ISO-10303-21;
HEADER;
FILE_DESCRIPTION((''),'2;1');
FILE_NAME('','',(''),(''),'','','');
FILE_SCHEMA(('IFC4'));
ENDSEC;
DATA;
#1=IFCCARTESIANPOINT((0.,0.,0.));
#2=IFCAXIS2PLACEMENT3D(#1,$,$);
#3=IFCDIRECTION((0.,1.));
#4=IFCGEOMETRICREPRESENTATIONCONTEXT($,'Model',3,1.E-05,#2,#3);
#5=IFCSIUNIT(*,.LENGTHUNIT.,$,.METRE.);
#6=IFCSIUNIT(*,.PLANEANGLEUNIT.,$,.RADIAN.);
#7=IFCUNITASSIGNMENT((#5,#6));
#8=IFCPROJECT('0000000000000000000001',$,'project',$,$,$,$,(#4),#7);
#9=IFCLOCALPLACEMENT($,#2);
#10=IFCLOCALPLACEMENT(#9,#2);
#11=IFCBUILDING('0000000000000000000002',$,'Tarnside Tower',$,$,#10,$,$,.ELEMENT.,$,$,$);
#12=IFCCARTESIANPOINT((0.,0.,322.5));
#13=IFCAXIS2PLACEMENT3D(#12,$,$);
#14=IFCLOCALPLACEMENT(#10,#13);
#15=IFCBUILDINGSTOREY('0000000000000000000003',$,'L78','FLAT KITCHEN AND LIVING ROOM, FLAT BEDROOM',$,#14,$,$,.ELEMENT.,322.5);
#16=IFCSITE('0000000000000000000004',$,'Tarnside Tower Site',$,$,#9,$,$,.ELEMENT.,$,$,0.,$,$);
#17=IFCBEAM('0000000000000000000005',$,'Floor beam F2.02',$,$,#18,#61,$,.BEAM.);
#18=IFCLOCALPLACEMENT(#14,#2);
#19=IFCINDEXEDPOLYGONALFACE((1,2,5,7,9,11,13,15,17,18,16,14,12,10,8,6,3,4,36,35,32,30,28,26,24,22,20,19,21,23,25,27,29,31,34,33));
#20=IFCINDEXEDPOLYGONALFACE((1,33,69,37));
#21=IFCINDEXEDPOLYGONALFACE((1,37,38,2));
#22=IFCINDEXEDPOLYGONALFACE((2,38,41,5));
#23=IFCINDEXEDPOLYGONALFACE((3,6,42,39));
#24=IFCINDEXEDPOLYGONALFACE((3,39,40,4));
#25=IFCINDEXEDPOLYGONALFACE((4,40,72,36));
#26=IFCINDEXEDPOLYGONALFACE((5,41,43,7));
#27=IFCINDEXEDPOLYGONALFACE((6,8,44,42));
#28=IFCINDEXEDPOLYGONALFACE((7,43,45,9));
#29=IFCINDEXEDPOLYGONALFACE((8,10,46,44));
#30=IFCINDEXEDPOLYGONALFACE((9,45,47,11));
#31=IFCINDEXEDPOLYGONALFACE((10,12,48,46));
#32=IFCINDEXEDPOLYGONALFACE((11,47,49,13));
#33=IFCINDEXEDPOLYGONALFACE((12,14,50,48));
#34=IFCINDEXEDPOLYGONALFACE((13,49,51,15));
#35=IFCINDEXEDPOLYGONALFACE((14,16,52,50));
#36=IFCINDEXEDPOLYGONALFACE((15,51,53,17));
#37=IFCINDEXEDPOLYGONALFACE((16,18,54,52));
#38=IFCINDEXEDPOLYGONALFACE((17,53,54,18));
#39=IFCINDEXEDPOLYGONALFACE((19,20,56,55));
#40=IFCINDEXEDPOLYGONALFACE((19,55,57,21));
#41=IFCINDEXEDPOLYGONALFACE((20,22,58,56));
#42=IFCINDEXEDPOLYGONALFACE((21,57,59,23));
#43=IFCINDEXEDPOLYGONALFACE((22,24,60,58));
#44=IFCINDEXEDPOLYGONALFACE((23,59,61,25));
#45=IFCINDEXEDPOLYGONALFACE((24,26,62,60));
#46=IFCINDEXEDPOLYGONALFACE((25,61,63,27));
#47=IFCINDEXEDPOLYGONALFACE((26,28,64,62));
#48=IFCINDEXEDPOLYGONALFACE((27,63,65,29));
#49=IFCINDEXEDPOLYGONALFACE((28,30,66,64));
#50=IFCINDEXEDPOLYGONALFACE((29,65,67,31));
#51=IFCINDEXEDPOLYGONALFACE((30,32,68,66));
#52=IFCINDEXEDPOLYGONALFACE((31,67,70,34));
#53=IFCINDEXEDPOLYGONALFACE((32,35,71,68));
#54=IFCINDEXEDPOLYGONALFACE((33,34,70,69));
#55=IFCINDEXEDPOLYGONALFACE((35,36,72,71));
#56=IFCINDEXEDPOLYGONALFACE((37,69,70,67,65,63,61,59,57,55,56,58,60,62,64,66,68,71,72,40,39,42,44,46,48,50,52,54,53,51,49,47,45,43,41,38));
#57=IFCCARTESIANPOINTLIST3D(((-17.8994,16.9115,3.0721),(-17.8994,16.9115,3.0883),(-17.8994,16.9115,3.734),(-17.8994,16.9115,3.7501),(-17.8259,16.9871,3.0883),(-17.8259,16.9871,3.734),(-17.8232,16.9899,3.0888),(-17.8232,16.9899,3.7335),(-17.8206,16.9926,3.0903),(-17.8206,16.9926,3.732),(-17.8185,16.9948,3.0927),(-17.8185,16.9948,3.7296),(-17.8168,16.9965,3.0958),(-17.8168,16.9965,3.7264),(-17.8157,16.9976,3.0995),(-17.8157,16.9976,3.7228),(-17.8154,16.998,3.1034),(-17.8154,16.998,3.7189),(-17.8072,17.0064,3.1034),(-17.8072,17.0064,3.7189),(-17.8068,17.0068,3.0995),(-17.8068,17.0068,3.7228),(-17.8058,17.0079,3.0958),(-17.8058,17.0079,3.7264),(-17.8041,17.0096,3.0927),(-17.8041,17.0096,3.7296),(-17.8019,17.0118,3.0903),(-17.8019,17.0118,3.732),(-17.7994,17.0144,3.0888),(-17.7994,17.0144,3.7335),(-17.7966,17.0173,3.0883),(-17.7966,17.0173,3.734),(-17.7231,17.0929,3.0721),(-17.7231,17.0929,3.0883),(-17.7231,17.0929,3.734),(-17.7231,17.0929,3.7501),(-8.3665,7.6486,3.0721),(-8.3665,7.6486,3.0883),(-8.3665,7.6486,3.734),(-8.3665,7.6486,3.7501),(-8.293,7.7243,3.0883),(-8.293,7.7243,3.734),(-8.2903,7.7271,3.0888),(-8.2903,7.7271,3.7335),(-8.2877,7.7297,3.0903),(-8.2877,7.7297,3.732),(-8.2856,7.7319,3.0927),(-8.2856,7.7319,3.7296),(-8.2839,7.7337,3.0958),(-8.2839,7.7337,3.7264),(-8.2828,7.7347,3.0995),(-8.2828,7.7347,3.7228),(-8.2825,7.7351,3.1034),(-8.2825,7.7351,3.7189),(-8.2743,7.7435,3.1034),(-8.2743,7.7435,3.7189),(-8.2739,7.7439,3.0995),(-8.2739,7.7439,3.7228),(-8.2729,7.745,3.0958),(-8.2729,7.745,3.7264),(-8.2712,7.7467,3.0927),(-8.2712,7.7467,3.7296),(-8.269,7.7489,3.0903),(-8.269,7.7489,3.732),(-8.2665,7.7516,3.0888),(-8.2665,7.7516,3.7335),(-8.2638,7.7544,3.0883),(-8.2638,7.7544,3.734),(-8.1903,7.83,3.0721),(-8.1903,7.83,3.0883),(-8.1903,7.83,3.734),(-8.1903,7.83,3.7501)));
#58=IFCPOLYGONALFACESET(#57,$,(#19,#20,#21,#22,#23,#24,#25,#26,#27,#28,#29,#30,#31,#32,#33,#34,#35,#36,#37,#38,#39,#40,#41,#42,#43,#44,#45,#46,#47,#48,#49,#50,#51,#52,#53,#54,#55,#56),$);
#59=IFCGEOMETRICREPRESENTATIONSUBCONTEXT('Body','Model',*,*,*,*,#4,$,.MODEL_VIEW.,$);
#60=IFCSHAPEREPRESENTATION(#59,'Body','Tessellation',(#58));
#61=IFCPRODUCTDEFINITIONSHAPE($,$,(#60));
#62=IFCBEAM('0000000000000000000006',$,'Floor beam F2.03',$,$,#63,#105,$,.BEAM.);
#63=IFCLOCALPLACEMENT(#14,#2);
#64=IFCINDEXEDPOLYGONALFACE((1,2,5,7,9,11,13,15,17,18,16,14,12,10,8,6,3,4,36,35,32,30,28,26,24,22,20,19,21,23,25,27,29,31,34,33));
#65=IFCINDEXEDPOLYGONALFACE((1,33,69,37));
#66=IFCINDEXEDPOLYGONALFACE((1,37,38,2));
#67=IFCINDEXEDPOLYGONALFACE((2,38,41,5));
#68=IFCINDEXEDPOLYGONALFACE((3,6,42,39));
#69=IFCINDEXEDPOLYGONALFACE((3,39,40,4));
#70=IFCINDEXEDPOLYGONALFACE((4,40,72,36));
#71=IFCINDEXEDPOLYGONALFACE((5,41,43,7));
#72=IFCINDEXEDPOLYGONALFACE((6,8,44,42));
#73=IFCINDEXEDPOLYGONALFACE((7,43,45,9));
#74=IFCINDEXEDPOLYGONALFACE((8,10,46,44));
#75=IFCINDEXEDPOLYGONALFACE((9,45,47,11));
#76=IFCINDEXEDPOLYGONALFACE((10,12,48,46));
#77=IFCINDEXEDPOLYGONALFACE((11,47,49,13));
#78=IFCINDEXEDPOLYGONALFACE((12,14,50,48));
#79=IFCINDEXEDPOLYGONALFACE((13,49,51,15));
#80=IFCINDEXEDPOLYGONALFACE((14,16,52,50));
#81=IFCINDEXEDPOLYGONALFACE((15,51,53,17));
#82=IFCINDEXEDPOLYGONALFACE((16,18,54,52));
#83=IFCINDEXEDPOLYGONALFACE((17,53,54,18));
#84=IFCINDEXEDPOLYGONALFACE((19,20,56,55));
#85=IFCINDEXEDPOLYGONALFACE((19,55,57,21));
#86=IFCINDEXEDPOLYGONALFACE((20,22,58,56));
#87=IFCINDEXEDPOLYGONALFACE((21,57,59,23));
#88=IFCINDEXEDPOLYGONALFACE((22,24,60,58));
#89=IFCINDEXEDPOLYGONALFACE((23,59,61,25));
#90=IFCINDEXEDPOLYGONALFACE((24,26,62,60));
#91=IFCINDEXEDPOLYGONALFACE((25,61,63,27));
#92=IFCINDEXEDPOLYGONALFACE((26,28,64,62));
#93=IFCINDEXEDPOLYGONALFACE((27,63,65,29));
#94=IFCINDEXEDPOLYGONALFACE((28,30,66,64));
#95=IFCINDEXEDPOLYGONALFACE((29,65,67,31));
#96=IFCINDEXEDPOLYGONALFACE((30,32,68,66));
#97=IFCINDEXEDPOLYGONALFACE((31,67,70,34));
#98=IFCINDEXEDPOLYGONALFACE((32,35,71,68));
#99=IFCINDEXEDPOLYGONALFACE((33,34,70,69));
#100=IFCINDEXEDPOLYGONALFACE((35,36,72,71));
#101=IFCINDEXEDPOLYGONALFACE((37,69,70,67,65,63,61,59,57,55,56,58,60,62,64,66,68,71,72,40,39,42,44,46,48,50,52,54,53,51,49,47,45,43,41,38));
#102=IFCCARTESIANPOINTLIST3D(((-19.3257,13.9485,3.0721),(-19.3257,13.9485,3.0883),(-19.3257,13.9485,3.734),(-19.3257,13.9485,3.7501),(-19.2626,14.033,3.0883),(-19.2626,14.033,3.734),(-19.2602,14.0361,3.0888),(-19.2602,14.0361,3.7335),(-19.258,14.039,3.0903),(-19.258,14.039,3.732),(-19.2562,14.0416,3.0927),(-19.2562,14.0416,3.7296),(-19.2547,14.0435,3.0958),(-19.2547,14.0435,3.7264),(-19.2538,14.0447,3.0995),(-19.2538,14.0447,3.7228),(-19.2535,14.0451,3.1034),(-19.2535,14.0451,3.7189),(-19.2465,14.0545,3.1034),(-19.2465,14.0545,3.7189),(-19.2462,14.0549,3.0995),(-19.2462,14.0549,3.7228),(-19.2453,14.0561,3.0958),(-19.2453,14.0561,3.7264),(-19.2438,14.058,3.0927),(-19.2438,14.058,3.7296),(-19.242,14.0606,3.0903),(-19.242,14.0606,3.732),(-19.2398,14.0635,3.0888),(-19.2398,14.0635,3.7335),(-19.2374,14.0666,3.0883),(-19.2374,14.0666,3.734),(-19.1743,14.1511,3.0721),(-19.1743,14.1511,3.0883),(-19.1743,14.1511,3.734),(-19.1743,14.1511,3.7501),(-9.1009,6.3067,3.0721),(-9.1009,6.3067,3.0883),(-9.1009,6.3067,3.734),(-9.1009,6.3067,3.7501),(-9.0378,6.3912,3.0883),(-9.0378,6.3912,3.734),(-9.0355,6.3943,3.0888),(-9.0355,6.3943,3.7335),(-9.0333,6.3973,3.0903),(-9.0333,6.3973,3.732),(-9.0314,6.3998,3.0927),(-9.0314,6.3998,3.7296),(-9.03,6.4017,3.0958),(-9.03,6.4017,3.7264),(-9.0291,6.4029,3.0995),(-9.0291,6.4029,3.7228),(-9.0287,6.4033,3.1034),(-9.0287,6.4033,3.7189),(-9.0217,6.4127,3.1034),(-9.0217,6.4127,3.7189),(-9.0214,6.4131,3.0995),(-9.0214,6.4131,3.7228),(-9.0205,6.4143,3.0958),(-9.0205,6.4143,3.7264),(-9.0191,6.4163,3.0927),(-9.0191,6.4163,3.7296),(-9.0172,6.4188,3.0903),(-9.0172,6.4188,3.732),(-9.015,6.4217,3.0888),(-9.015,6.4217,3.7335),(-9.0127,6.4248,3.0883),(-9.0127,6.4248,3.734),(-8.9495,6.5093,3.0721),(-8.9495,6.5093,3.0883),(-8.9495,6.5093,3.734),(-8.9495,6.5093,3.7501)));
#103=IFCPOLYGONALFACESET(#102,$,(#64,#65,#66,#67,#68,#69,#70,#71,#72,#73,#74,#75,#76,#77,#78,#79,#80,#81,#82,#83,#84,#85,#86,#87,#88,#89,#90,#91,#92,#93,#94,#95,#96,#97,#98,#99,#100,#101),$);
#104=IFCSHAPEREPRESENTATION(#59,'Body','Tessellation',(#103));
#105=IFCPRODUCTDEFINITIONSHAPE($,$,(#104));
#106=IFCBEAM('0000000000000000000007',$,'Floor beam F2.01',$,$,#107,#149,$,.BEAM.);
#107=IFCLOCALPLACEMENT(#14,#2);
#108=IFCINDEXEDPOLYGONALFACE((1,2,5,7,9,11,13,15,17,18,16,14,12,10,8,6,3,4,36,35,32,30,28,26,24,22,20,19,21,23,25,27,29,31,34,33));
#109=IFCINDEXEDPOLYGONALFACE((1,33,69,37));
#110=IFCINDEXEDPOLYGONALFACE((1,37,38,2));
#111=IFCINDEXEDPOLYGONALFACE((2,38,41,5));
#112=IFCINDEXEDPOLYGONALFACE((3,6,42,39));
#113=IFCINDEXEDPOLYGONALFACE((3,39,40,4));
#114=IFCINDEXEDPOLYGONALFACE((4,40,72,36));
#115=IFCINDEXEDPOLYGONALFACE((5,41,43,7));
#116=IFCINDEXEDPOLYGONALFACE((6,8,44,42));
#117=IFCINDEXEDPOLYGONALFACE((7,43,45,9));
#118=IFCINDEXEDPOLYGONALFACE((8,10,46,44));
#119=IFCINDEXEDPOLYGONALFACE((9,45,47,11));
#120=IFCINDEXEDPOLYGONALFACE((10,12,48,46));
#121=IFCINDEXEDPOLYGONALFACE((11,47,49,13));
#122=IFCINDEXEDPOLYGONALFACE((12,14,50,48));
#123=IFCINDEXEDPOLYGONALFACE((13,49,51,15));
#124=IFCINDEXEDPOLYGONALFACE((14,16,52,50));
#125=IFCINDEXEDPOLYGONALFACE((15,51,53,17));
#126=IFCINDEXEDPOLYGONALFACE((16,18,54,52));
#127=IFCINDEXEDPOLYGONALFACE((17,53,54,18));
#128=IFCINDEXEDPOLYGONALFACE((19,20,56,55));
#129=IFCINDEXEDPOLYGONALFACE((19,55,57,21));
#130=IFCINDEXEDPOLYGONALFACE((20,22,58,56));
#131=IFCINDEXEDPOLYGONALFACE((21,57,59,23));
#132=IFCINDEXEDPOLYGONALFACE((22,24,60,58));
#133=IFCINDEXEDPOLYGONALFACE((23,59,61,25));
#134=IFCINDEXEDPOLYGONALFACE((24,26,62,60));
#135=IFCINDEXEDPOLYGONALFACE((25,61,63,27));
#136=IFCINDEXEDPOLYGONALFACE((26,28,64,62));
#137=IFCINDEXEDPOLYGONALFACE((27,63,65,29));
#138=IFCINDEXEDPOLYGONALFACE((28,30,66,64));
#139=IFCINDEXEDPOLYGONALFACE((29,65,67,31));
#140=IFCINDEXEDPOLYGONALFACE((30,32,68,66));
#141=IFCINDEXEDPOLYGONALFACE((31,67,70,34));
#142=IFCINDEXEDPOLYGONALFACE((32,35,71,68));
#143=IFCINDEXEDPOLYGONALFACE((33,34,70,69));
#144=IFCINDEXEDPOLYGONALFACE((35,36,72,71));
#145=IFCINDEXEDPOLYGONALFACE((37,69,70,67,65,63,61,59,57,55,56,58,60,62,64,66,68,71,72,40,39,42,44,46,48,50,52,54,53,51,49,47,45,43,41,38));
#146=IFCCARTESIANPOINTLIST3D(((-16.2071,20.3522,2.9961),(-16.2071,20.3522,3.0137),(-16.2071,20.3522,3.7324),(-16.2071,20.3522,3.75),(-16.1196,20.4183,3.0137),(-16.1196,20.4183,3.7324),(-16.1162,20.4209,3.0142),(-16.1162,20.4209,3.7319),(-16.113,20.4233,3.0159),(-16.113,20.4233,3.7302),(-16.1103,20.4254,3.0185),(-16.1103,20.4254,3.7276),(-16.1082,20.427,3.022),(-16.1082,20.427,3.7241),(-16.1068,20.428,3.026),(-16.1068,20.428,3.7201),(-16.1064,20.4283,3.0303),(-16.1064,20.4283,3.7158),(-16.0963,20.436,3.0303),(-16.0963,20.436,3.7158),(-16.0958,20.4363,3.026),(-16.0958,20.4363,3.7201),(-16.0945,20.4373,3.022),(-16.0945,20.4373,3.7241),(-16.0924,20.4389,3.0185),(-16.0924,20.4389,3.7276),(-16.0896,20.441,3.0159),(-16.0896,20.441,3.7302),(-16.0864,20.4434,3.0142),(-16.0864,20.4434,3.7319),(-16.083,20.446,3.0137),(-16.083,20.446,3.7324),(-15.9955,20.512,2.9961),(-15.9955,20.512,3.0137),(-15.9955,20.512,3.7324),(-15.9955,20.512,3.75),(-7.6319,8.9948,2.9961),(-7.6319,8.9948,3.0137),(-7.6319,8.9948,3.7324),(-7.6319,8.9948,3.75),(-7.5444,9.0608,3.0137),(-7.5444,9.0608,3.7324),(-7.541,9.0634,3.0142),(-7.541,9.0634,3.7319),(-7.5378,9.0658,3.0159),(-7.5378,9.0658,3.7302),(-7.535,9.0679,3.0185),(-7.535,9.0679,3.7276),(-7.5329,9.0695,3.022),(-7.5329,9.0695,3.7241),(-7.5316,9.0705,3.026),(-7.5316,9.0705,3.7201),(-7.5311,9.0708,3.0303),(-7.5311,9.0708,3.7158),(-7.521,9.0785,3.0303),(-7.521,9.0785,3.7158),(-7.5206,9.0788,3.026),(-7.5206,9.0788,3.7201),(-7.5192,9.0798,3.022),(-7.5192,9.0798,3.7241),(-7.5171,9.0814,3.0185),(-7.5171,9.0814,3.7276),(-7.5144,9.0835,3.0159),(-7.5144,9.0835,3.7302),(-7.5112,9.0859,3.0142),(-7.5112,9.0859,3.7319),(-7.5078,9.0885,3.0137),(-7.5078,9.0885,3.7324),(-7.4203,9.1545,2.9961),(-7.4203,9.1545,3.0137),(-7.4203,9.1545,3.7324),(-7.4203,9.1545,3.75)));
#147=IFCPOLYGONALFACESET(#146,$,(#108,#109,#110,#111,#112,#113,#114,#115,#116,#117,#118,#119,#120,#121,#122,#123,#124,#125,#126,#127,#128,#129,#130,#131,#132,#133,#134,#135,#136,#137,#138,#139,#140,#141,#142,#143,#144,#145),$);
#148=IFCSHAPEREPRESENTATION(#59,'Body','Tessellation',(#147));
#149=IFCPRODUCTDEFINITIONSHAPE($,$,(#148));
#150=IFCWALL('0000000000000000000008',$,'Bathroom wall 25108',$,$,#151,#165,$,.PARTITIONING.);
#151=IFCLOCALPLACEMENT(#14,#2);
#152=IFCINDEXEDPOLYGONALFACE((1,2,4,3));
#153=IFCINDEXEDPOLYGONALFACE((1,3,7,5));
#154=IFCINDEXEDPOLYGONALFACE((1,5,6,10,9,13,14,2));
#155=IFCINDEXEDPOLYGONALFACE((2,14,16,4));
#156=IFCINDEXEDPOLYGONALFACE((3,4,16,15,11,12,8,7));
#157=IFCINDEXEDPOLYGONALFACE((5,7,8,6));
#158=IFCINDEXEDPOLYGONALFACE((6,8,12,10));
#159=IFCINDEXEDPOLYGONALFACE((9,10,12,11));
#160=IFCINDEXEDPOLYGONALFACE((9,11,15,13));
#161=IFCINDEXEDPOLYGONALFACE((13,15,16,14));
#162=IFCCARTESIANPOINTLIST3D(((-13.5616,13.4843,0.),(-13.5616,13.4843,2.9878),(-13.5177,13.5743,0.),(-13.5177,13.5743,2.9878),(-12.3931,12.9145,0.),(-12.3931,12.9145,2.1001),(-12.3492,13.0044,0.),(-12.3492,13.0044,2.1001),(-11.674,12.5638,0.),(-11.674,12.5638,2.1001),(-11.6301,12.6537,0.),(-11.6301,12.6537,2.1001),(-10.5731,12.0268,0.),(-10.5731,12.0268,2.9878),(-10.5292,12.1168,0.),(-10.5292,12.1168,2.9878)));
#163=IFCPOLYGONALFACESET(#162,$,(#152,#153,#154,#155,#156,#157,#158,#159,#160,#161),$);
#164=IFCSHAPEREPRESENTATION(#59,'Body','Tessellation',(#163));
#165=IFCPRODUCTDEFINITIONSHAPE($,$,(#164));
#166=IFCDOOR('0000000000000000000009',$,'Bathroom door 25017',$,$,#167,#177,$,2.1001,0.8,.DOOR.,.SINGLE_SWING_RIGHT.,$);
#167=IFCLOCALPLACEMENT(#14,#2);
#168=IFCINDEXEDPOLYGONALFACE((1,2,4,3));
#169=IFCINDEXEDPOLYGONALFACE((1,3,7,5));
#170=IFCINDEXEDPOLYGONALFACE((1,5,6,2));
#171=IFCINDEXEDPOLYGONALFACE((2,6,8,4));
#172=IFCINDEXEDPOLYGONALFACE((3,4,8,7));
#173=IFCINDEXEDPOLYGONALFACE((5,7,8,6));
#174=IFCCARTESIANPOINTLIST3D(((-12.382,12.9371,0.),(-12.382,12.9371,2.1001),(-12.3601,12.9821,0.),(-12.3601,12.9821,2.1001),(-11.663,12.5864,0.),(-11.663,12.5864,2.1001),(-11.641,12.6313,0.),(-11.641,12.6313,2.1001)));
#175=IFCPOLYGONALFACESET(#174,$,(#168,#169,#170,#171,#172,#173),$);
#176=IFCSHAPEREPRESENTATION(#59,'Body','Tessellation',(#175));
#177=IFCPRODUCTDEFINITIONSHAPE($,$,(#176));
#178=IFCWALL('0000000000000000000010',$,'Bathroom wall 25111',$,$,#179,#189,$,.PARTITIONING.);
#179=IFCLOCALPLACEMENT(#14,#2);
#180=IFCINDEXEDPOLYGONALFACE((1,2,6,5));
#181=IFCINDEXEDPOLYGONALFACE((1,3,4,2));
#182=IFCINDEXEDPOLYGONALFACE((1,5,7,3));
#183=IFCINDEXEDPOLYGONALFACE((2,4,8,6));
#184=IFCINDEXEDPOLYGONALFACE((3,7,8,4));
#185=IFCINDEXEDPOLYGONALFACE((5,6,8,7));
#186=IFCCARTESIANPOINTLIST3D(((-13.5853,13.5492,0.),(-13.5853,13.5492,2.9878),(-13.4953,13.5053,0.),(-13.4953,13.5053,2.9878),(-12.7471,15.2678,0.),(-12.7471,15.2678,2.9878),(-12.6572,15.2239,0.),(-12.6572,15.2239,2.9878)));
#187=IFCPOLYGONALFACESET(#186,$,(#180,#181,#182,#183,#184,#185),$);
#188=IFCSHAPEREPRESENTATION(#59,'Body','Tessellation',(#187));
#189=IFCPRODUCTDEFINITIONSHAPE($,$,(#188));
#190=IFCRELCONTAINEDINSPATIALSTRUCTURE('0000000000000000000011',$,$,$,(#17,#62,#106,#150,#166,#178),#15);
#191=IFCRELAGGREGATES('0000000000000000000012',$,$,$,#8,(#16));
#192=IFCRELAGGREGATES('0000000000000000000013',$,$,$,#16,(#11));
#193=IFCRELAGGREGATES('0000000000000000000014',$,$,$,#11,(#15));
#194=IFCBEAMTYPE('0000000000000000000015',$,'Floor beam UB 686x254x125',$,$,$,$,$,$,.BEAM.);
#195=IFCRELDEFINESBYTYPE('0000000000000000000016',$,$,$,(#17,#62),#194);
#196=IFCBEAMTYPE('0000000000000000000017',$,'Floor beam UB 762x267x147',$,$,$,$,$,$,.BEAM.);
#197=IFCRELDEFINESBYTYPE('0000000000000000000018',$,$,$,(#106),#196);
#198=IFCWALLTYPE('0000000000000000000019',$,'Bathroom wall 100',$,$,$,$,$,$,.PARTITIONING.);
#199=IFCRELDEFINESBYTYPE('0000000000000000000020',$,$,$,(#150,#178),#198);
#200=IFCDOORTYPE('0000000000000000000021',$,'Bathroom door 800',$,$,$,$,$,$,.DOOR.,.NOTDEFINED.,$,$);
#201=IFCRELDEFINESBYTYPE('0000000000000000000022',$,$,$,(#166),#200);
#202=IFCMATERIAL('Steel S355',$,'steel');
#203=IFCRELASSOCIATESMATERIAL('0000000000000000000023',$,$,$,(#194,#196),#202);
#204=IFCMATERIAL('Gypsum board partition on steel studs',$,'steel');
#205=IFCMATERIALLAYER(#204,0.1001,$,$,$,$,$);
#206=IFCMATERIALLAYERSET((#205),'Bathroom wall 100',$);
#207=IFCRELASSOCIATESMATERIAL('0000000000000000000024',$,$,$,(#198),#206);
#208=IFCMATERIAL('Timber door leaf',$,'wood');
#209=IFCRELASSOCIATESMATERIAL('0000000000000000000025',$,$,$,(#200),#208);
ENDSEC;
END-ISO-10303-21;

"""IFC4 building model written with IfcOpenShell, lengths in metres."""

from ifc_helpers import new_model, si_unit, direction, frame, frame_2d, origin, origin_2d, place, context, subcontext, project, spatial, rectangle, i_section, extrude, material, layer, layer_set, material_profile, profile_set, type_object, element, fill, save


model = new_model("IFC4")

# Units and contexts
model_context = context("Model", 3, precision=1e-05, world=origin(), true_north=direction((0.0, 1.0)))
body_context = subcontext(model_context, "Body", "Model", "MODEL_VIEW")
ifc_project = project(units=[si_unit("LENGTHUNIT", "METRE"), si_unit("PLANEANGLEUNIT", "RADIAN")], contexts=[model_context])

# Site, building, storey
site_placement = place(None, origin())
site = spatial("IfcSite", under=ifc_project, at=site_placement, Name="Tarnside Tower Site", CompositionType="ELEMENT", RefElevation=0.0)
building_placement = place(site_placement, origin())
building = spatial("IfcBuilding", under=site, at=building_placement, Name="Tarnside Tower", CompositionType="ELEMENT")
storey_placement = place(building_placement, frame((0.0, 0.0, 322.5)))
storey = spatial("IfcBuildingStorey", under=building, at=storey_placement, Name="L78", Description="FLAT KITCHEN AND LIVING ROOM, FLAT BEDROOM", CompositionType="ELEMENT", Elevation=322.5)

# Beams
ifc_material_1 = material(Name="Steel S355", Category="steel")
ifc_material_profile_1 = material_profile(ifc_material_1, i_section(OverallWidth=0.2529, OverallDepth=0.678, WebThickness=0.0117, FlangeThickness=0.0161, FilletRadius=0.0151, at=origin_2d()), Name="UB 686x254x125")
ifc_profile_set_1 = profile_set([ifc_material_profile_1], Name="Steel S355")
beam_type_1 = type_object("IfcBeamType", Name="Floor beam UB 686x254x125", PredefinedType="BEAM", material=ifc_profile_set_1)
beam_1_placement = place(storey_placement, frame((-17.8113, 17.0022, 3.4111), z_axis=(0.717191, -0.696877, 0.0), x_axis=(0.696877, 0.717191, 0.0)))
element("IfcBeam", 1, at=beam_1_placement, inside=storey, type_object=beam_type_1, Name="Floor beam F2.02", PredefinedType="BEAM", context=body_context, shape_type="SweptSolid", body=[
    extrude(i_section(OverallWidth=0.2529, OverallDepth=0.678, WebThickness=0.0117, FlangeThickness=0.0161, FilletRadius=0.0151, at=origin_2d()), origin(), (0.0, 0.0, 1.0), 13.292),
])
beam_2_placement = place(storey_placement, frame((-19.25, 14.0498, 3.4111), z_axis=(0.801006, -0.598656, 0.0), x_axis=(0.598656, 0.801006, 0.0)))
element("IfcBeam", 2, at=beam_2_placement, inside=storey, type_object=beam_type_1, Name="Floor beam F2.03", PredefinedType="BEAM", context=body_context, shape_type="SweptSolid", body=[
    extrude(i_section(OverallWidth=0.2529, OverallDepth=0.678, WebThickness=0.0117, FlangeThickness=0.0161, FilletRadius=0.0151, at=origin_2d()), origin(), (0.0, 0.0, 1.0), 12.7649),
])
ifc_material_profile_2 = material_profile(ifc_material_1, i_section(OverallWidth=0.2651, OverallDepth=0.7539, WebThickness=0.0127, FlangeThickness=0.0176, FilletRadius=0.0166, at=origin_2d()), Name="UB 762x267x147")
ifc_profile_set_2 = profile_set([ifc_material_profile_2], Name="Steel S355")
beam_type_2 = type_object("IfcBeamType", Name="Floor beam UB 762x267x147", PredefinedType="BEAM", material=ifc_profile_set_2)
beam_3_placement = place(storey_placement, frame((-16.1013, 20.4321, 3.373), z_axis=(0.602566, -0.798069, 0.0), x_axis=(0.798069, 0.602566, 0.0)))
element("IfcBeam", 3, at=beam_3_placement, inside=storey, type_object=beam_type_2, Name="Floor beam F2.01", PredefinedType="BEAM", context=body_context, shape_type="SweptSolid", body=[
    extrude(i_section(OverallWidth=0.2651, OverallDepth=0.7539, WebThickness=0.0127, FlangeThickness=0.0176, FilletRadius=0.0166, at=origin_2d()), origin(), (0.0, 0.0, 1.0), 14.2312),
])

# Wall, opening, door
ifc_material_2 = material(Name="Gypsum board partition on steel studs", Category="steel")
ifc_layer_1 = layer(ifc_material_2, 0.1001)
ifc_layer_set_1 = layer_set([ifc_layer_1], Name="Bathroom wall 100")
wall_type_1 = type_object("IfcWallType", Name="Bathroom wall 100", PredefinedType="PARTITIONING", material=ifc_layer_set_1)
wall_1_placement = place(storey_placement, frame((-10.551, 12.0718, 0.0), z_axis=(0.0, 0.0, 1.0), x_axis=(-0.898804, 0.438351, 0.0)))
wall_1 = element("IfcWall", 4, at=wall_1_placement, inside=storey, type_object=wall_type_1, Name="Bathroom wall 25108", PredefinedType="PARTITIONING", context=body_context, shape_type="SweptSolid", body=[
    extrude(rectangle(XDim=3.325, YDim=0.1001, at=frame_2d((1.6626, 0.0))), origin(), (0.0, 0.0, 1.0), 2.9878),
])
opening_1_placement = place(wall_1_placement, frame((1.2251, 0.0, 0.0)))
opening_1 = element("IfcOpeningElement", 5, at=opening_1_placement, cuts=wall_1, PredefinedType="OPENING", context=body_context, shape_type="SweptSolid", body=[
    extrude(rectangle(XDim=0.8, YDim=2.1001, at=frame_2d((0.3999, 1.05))), frame((0.0, 0.0601, 0.0), z_axis=(0.0, -1.0, 0.0), x_axis=(1.0, 0.0, 0.0)), (0.0, 0.0, 1.0), 0.1201),
])
ifc_material_3 = material(Name="Timber door leaf", Category="wood")
door_type_1 = type_object("IfcDoorType", Name="Bathroom door 800", OperationType="NOTDEFINED", PredefinedType="DOOR", material=ifc_material_3)
door_1_placement = place(opening_1_placement, origin())
door_1 = element("IfcDoor", 6, at=door_1_placement, inside=storey, type_object=door_type_1, Name="Bathroom door 25017", OperationType="SINGLE_SWING_RIGHT", OverallHeight=2.1001, OverallWidth=0.8, PredefinedType="DOOR", context=body_context, shape_type="SweptSolid", body=[
    extrude(rectangle(XDim=0.8, YDim=2.1001, at=frame_2d((0.3999, 1.05))), frame((0.0, 0.0249, 0.0), z_axis=(0.0, -1.0, 0.0), x_axis=(1.0, 0.0, 0.0)), (0.0, 0.0, 1.0), 0.05),
])
fill(opening_1, door_1)

# Wall
wall_2_placement = place(storey_placement, frame((-12.7021, 15.2458, 0.0), z_axis=(0.0, 0.0, 1.0), x_axis=(-0.438356, -0.898802, 0.0)))
element("IfcWall", 7, at=wall_2_placement, inside=storey, type_object=wall_type_1, Name="Bathroom wall 25111", PredefinedType="PARTITIONING", context=body_context, shape_type="SweptSolid", body=[
    extrude(rectangle(XDim=1.9121, YDim=0.1001, at=frame_2d((0.9561, 0.0))), origin(), (0.0, 0.0, 1.0), 2.9878),
])

save(model, "model.ifc")
